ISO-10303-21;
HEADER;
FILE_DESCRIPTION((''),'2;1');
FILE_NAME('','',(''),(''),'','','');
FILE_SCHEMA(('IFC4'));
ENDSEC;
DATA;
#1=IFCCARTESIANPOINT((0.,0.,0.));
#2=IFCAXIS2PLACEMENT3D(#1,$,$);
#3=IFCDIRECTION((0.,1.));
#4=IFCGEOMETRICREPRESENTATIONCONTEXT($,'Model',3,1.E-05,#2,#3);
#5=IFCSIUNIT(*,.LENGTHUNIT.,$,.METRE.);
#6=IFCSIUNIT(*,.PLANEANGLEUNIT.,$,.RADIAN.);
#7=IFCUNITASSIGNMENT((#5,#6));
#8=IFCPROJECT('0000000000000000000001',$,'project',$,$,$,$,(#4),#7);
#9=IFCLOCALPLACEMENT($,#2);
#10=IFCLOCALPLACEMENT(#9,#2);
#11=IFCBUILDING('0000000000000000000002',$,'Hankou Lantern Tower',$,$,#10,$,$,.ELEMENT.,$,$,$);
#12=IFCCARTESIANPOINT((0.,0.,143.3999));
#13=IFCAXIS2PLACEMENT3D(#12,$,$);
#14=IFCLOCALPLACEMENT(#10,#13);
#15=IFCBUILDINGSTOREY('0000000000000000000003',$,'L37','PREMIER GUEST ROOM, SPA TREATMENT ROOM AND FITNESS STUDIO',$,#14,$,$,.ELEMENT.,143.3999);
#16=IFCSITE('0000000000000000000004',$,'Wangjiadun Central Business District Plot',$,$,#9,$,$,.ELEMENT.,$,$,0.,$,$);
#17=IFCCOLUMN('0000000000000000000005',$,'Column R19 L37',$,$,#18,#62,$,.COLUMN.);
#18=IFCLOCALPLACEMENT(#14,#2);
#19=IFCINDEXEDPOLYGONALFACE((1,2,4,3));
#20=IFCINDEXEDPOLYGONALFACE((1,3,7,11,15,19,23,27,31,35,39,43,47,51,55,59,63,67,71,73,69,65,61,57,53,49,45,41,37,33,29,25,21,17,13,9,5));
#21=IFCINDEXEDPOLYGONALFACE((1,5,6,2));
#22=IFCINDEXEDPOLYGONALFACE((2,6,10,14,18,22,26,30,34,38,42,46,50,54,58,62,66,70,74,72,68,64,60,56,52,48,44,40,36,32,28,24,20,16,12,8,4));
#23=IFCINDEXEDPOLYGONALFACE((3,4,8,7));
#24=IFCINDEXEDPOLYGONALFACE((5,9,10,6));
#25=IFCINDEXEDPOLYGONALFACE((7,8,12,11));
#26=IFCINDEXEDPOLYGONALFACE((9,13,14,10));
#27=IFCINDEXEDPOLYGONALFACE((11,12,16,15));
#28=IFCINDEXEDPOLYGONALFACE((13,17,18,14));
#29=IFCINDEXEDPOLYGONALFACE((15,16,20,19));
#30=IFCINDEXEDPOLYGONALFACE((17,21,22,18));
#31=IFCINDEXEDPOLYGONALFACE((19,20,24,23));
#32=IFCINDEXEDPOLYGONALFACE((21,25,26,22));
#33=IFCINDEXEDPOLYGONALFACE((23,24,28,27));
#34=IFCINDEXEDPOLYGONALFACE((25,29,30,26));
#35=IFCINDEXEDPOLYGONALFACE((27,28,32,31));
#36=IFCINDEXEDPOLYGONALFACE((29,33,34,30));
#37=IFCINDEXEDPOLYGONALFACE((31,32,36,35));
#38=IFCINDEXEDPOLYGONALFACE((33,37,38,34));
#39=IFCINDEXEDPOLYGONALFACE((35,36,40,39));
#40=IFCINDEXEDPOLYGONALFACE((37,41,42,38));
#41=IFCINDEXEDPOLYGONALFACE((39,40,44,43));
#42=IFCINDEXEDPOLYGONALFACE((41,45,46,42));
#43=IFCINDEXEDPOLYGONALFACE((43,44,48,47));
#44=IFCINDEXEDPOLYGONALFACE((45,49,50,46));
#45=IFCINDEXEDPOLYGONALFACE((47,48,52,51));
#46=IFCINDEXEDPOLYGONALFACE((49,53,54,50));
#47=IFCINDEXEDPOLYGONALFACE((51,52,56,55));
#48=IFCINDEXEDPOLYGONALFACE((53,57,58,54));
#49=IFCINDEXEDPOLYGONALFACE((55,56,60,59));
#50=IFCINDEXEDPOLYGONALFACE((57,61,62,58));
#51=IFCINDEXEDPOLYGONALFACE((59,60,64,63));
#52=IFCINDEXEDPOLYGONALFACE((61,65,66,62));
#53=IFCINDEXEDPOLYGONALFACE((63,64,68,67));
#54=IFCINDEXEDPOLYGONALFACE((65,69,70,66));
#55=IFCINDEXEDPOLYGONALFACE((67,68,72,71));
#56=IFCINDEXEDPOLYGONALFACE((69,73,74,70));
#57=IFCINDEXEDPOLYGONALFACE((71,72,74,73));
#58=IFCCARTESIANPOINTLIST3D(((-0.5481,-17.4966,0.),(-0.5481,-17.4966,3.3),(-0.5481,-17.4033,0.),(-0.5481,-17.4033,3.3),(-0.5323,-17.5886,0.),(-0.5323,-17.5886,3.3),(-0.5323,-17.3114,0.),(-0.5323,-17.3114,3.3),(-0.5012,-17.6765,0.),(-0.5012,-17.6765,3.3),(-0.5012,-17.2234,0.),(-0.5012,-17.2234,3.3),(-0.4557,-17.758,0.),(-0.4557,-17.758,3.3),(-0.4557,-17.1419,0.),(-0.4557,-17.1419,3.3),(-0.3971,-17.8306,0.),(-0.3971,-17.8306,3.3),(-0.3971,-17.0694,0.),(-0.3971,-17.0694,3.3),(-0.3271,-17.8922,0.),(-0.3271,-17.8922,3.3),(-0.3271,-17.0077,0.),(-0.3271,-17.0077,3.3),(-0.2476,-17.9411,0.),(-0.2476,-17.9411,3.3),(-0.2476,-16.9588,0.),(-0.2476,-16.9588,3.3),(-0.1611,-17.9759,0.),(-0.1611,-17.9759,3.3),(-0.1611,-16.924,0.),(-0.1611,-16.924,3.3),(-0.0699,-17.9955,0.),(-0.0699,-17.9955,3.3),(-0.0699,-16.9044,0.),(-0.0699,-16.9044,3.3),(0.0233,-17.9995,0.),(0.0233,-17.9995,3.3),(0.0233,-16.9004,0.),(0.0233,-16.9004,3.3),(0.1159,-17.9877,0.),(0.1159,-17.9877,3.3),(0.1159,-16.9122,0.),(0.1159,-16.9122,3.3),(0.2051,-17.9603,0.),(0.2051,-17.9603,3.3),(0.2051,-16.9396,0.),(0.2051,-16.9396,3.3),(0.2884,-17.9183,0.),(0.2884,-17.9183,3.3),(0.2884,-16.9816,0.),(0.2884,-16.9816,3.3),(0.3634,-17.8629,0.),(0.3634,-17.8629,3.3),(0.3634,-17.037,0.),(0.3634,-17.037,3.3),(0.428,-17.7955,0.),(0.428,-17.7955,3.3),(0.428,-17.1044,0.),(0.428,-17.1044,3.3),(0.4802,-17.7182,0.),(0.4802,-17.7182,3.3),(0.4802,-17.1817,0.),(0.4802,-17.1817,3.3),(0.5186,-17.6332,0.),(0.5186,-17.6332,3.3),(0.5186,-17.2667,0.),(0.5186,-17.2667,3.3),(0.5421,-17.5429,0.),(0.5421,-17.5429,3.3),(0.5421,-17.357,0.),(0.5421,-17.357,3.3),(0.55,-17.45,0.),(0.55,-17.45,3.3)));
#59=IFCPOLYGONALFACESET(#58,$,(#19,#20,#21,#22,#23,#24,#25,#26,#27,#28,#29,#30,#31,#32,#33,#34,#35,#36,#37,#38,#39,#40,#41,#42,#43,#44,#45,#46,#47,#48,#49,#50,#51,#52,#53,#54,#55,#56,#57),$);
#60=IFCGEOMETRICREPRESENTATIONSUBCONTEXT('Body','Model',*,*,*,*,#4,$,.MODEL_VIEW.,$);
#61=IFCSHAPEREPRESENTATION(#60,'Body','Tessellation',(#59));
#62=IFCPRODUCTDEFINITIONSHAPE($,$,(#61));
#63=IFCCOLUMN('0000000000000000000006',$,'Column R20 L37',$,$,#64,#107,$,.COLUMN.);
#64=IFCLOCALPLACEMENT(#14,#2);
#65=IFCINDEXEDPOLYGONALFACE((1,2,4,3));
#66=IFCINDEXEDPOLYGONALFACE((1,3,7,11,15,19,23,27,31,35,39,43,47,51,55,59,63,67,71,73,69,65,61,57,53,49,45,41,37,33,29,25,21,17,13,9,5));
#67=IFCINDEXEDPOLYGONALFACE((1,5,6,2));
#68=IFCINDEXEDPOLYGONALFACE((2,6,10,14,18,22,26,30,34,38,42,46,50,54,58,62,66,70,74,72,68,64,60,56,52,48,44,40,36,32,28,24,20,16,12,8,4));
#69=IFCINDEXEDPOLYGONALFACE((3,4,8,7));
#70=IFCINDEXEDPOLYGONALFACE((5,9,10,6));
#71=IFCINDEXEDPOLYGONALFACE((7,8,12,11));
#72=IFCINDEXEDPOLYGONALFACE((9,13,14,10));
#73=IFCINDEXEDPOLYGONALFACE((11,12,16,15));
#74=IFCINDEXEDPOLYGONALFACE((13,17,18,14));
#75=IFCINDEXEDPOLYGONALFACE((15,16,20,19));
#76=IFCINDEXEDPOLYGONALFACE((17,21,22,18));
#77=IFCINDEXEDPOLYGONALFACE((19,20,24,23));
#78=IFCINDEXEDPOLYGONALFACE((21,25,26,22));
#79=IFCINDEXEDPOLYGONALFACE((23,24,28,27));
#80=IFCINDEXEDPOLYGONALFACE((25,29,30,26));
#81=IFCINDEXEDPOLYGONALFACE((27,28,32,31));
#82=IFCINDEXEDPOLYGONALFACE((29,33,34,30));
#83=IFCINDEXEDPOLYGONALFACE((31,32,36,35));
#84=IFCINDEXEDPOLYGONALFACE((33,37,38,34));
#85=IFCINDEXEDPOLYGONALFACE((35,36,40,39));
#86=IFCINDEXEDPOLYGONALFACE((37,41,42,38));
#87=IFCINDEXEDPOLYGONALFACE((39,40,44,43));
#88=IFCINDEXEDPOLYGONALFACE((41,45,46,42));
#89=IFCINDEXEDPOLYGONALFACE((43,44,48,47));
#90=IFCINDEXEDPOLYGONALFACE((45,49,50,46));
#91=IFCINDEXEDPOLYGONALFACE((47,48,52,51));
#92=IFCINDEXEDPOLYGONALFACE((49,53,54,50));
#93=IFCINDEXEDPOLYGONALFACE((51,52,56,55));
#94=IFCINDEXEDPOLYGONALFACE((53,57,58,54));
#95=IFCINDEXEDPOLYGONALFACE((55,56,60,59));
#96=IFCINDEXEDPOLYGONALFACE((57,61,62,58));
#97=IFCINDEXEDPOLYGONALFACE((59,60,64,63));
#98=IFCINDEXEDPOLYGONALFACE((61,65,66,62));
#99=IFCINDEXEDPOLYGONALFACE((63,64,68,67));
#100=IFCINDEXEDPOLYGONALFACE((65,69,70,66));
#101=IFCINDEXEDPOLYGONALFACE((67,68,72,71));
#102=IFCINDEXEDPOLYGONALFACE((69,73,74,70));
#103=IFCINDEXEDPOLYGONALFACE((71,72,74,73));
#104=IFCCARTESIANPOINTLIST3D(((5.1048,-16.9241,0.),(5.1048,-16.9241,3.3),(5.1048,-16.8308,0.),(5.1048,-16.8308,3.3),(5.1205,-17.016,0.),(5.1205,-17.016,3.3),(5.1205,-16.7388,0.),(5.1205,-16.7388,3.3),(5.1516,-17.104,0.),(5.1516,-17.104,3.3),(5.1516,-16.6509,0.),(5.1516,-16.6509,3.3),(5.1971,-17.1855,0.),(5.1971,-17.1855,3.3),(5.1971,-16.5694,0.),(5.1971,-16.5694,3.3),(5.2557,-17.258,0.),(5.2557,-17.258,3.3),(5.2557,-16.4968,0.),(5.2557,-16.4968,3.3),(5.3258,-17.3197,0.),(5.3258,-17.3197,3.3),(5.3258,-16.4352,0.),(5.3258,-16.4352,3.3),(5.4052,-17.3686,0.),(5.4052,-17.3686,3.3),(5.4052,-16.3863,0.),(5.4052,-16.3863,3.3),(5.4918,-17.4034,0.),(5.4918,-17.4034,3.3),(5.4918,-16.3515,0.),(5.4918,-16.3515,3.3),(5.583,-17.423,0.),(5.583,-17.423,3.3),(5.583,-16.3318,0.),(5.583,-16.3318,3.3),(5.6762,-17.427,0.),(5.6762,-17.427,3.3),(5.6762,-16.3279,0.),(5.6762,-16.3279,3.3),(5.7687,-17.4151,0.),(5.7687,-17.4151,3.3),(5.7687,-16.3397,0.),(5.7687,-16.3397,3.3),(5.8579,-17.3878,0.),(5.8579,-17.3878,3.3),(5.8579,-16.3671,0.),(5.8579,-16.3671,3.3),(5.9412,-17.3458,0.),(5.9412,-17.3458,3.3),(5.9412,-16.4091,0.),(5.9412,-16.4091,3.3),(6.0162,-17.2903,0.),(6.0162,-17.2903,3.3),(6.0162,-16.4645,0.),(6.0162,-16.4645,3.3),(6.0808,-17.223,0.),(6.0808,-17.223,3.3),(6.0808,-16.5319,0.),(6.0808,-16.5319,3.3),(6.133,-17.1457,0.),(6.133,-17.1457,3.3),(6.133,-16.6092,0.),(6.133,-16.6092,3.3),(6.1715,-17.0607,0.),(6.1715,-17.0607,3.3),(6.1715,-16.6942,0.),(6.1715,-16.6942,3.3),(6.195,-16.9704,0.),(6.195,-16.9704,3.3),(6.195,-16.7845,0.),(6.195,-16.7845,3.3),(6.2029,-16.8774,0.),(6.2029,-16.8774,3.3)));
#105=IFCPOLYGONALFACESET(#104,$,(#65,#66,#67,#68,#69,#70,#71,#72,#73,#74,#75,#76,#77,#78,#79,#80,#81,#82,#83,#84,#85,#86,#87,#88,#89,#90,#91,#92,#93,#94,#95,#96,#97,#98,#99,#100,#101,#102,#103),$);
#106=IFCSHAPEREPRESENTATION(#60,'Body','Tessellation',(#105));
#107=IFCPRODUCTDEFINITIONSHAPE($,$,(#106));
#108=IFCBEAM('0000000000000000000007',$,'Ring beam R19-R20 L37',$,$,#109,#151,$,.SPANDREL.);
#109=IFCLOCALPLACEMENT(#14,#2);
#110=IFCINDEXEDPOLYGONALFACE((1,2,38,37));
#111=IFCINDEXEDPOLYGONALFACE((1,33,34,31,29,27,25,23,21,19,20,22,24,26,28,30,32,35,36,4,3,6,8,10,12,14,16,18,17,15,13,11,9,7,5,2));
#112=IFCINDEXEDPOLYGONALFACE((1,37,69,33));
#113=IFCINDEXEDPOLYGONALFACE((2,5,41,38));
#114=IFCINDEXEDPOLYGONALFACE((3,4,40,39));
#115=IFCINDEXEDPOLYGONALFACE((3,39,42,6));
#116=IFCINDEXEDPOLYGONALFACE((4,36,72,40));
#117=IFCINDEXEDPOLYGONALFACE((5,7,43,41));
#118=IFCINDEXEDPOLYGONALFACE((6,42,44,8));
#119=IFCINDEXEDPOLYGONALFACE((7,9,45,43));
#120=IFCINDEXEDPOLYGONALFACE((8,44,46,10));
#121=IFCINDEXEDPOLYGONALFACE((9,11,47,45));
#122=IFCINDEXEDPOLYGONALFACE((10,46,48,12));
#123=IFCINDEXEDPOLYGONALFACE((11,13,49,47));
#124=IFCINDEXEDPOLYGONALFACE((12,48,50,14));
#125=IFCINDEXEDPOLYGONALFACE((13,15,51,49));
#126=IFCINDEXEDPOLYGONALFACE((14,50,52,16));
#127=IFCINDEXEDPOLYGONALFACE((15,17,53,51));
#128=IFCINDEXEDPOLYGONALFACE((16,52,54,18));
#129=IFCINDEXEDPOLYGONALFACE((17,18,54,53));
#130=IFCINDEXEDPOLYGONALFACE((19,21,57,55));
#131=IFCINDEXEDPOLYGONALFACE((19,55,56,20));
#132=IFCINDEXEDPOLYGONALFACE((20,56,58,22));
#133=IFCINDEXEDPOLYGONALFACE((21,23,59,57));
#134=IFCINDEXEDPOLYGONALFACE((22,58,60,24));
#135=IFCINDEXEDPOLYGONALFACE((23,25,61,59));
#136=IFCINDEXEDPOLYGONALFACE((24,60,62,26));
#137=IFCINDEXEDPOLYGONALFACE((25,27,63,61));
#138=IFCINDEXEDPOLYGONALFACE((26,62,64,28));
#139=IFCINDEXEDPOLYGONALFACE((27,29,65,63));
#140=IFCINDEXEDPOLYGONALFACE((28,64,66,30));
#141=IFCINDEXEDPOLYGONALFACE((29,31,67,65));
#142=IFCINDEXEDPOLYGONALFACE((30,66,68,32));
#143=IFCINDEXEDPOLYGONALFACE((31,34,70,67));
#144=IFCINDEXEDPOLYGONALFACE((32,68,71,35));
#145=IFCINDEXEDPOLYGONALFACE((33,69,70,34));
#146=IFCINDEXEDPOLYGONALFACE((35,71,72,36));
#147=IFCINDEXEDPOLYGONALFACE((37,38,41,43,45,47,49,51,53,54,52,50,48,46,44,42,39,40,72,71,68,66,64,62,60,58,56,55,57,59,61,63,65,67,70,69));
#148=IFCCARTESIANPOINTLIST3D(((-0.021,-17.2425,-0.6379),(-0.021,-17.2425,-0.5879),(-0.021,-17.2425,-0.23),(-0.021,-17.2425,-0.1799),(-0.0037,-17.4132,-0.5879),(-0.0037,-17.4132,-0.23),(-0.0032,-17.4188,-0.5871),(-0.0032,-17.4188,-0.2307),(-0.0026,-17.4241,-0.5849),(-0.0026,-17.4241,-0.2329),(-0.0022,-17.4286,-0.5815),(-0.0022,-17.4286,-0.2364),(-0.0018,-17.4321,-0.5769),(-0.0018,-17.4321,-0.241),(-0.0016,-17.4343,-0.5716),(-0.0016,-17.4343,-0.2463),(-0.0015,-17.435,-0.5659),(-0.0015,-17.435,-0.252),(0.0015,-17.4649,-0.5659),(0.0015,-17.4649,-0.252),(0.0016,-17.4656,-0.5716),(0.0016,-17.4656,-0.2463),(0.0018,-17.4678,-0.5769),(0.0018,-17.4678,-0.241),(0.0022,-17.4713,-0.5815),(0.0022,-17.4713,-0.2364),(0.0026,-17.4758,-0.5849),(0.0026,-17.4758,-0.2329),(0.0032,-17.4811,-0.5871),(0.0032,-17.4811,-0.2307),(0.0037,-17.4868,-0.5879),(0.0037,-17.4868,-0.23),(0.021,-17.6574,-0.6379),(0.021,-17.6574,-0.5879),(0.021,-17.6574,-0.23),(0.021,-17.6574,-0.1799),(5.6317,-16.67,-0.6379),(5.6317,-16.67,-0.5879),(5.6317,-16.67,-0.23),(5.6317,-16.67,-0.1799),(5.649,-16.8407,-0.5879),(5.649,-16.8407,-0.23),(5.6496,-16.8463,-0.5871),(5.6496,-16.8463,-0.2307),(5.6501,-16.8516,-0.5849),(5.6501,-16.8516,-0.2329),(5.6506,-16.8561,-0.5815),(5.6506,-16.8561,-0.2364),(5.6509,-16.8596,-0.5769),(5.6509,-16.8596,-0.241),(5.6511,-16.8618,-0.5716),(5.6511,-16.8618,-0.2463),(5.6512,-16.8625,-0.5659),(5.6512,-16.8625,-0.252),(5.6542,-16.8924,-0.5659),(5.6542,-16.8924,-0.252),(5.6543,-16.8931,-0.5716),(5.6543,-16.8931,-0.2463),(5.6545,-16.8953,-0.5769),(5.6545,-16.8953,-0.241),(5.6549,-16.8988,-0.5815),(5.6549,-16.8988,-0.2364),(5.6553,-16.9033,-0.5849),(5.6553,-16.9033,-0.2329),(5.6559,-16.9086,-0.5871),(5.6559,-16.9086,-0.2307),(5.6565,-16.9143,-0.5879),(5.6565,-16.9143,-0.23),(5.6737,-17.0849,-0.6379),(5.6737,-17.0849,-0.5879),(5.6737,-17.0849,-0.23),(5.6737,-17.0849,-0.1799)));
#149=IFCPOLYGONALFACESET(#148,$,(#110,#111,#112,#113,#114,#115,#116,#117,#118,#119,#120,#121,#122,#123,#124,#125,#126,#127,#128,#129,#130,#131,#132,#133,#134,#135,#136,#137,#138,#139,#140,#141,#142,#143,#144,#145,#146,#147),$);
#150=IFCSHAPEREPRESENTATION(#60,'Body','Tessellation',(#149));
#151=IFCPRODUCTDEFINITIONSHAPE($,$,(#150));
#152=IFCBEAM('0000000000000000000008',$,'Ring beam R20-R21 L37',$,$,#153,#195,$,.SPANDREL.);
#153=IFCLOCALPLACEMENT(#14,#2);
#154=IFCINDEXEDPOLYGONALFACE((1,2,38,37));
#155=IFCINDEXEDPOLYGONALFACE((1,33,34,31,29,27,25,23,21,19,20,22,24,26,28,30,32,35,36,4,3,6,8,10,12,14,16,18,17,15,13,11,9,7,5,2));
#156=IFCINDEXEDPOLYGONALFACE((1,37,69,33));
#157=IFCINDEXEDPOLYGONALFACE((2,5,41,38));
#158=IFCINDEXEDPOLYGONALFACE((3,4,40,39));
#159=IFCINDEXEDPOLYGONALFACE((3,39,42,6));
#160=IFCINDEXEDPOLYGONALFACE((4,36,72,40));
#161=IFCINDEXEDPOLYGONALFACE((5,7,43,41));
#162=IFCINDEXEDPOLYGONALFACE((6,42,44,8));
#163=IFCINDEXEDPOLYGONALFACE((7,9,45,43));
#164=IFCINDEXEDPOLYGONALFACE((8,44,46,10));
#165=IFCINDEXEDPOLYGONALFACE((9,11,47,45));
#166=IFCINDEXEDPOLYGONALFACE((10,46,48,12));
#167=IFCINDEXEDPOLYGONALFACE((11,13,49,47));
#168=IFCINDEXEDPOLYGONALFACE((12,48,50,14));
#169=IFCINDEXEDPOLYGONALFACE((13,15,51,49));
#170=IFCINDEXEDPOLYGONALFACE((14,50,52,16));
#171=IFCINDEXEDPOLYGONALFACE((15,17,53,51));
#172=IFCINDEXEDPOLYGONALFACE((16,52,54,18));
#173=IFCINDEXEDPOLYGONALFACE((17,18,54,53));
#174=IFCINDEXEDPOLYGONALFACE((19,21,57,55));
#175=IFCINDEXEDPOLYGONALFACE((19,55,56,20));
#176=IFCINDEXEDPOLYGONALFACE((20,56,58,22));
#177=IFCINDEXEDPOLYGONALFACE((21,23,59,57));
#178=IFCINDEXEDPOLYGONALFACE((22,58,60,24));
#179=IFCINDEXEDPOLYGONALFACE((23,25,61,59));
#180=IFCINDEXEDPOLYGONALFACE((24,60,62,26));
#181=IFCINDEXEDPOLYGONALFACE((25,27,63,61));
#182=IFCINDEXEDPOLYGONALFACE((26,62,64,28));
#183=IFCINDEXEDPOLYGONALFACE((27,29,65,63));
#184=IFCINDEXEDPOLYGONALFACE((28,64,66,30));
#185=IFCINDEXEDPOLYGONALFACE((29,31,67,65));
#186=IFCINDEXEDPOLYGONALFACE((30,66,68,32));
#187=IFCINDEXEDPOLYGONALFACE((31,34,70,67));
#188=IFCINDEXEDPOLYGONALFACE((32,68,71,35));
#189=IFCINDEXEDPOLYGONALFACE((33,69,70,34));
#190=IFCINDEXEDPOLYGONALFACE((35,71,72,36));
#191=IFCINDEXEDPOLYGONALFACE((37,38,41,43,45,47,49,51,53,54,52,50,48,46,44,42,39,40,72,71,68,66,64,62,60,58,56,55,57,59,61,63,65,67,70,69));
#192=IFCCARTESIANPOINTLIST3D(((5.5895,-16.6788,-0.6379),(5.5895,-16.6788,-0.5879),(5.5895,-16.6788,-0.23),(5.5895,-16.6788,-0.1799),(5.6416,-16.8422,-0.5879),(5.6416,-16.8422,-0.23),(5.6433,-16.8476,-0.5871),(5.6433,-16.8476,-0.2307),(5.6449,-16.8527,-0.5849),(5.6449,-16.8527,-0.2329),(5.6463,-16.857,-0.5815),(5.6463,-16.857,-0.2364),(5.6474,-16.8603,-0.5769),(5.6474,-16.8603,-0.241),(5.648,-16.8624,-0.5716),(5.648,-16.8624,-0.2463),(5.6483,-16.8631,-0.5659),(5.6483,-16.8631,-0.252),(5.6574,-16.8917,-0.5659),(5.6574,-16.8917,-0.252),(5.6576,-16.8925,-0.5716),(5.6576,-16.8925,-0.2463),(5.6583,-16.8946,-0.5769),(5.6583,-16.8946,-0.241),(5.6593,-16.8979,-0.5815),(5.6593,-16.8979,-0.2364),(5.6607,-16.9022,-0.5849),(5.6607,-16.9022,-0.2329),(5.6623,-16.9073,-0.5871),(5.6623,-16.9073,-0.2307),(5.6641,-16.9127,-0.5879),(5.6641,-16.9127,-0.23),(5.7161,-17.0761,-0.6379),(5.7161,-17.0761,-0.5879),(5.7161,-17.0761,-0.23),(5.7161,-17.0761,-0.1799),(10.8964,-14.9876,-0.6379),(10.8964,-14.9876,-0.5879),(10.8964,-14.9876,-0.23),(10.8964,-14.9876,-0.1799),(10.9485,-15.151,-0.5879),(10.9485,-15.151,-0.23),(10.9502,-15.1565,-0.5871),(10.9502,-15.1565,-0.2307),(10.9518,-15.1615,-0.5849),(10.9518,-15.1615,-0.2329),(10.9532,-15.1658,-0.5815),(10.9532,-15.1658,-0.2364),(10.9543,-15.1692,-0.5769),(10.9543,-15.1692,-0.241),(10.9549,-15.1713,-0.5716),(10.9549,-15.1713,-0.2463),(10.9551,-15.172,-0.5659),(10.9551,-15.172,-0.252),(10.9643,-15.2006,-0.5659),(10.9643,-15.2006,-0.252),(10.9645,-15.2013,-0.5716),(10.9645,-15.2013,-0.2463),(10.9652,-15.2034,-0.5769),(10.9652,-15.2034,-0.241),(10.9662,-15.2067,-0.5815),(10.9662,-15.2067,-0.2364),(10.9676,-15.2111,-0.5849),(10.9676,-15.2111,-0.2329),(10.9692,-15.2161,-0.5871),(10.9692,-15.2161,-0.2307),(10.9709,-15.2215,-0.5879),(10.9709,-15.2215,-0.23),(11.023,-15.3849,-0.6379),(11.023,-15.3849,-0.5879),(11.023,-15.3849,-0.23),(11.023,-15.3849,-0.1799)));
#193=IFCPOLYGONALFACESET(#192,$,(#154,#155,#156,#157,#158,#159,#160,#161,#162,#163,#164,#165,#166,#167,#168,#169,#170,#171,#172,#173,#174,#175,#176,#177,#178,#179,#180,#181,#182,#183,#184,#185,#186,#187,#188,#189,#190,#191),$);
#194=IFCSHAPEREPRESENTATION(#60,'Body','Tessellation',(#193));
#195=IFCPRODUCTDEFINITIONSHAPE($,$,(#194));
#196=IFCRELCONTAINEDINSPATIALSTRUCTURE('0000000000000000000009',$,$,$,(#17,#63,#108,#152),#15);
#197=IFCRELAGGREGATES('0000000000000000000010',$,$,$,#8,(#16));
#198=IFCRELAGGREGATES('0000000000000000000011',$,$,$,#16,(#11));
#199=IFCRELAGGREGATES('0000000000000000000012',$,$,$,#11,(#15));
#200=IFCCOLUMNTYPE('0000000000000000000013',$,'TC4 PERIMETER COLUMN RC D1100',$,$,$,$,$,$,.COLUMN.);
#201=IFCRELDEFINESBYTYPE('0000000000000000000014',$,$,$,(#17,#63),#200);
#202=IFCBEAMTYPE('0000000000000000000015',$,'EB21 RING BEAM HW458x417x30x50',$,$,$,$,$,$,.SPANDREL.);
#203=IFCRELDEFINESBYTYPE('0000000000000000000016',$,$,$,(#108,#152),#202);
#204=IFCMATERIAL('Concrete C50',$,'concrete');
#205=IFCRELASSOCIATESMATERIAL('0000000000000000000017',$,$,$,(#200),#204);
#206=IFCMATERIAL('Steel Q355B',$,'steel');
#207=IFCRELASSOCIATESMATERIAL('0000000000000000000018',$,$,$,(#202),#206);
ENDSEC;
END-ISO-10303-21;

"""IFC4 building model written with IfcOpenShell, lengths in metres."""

from ifc_helpers import new_model, si_unit, direction, frame, origin, origin_2d, place, context, subcontext, project, spatial, circle, i_section, extrude, material, material_profile, profile_set, type_object, element, save


model = new_model("IFC4")

# Units and contexts
model_context = context("Model", 3, precision=1e-05, world=origin(), true_north=direction((0.0, 1.0)))
body_context = subcontext(model_context, "Body", "Model", "MODEL_VIEW")
ifc_project = project(units=[si_unit("LENGTHUNIT", "METRE"), si_unit("PLANEANGLEUNIT", "RADIAN")], contexts=[model_context])

# Site, building, storey
site_placement = place(None, origin())
site = spatial("IfcSite", under=ifc_project, at=site_placement, Name="Wangjiadun Central Business District Plot", CompositionType="ELEMENT", RefElevation=0.0)
building_placement = place(site_placement, origin())
building = spatial("IfcBuilding", under=site, at=building_placement, Name="Hankou Lantern Tower", CompositionType="ELEMENT")
storey_placement = place(building_placement, frame((0.0, 0.0, 143.3999)))
storey = spatial("IfcBuildingStorey", under=building, at=storey_placement, Name="L37", Description="PREMIER GUEST ROOM, SPA TREATMENT ROOM AND FITNESS STUDIO", CompositionType="ELEMENT", Elevation=143.3999)

# Columns
ifc_material_1 = material(Name="Concrete C50", Category="concrete")
ifc_material_profile_1 = material_profile(ifc_material_1, circle(Radius=0.55, at=origin_2d()), Name="RC D1100")
ifc_profile_set_1 = profile_set([ifc_material_profile_1], Name="Concrete C50")
column_type = type_object("IfcColumnType", Name="TC4 PERIMETER COLUMN RC D1100", PredefinedType="COLUMN", material=ifc_profile_set_1)
for number, where, z_axis, x_axis, name in (
    (1, (0.0, -17.45, 0.0), (0.0, 0.0, 1.0), (1.0, 0.0, 0.0), "Column R19 L37"),
    (2, (5.6528, -16.8774, 0.0), (0.0, 0.0, 1.0), (1.0, 0.0, 0.0), "Column R20 L37"),
):
    element("IfcColumn", number, at=place(storey_placement, frame(where, z_axis=z_axis, x_axis=x_axis)), inside=storey, type_object=column_type, Name=name, PredefinedType="COLUMN", context=body_context, shape_type="SweptSolid", body=[
        extrude(circle(Radius=0.55, at=origin_2d()), origin(), (0.0, 0.0, 1.0), 3.3),
    ])

# Beams
ifc_material_2 = material(Name="Steel Q355B", Category="steel")
ifc_material_profile_2 = material_profile(ifc_material_2, i_section(OverallWidth=0.417, OverallDepth=0.458, WebThickness=0.03, FlangeThickness=0.05, FilletRadius=0.022, at=origin_2d()), Name="HW458x417x30x50")
ifc_profile_set_2 = profile_set([ifc_material_profile_2], Name="Steel Q355B")
beam_type_1 = type_object("IfcBeamType", Name="EB21 RING BEAM HW458x417x30x50", PredefinedType="SPANDREL", material=ifc_profile_set_2)
beam_1_placement = place(storey_placement, frame((0.0, -17.45, -0.4089), z_axis=(0.99491, 0.100763, 0.0), x_axis=(-0.100763, 0.99491, 0.0)))
element("IfcBeam", 3, at=beam_1_placement, inside=storey, type_object=beam_type_1, Name="Ring beam R19-R20 L37", PredefinedType="SPANDREL", context=body_context, shape_type="SweptSolid", body=[
    extrude(i_section(OverallWidth=0.417, OverallDepth=0.458, WebThickness=0.03, FlangeThickness=0.05, FilletRadius=0.022, at=origin_2d()), origin(), (0.0, 0.0, 1.0), 5.6816),
])
beam_2_placement = place(storey_placement, frame((5.6528, -16.8774, -0.4089), z_axis=(0.95279, 0.303629, 0.0), x_axis=(-0.303629, 0.95279, 0.0)))
element("IfcBeam", 4, at=beam_2_placement, inside=storey, type_object=beam_type_1, Name="Ring beam R20-R21 L37", PredefinedType="SPANDREL", context=body_context, shape_type="SweptSolid", body=[
    extrude(i_section(OverallWidth=0.417, OverallDepth=0.458, WebThickness=0.03, FlangeThickness=0.05, FilletRadius=0.022, at=origin_2d()), origin(), (0.0, 0.0, 1.0), 5.5698),
])

save(model, "model.ifc")
